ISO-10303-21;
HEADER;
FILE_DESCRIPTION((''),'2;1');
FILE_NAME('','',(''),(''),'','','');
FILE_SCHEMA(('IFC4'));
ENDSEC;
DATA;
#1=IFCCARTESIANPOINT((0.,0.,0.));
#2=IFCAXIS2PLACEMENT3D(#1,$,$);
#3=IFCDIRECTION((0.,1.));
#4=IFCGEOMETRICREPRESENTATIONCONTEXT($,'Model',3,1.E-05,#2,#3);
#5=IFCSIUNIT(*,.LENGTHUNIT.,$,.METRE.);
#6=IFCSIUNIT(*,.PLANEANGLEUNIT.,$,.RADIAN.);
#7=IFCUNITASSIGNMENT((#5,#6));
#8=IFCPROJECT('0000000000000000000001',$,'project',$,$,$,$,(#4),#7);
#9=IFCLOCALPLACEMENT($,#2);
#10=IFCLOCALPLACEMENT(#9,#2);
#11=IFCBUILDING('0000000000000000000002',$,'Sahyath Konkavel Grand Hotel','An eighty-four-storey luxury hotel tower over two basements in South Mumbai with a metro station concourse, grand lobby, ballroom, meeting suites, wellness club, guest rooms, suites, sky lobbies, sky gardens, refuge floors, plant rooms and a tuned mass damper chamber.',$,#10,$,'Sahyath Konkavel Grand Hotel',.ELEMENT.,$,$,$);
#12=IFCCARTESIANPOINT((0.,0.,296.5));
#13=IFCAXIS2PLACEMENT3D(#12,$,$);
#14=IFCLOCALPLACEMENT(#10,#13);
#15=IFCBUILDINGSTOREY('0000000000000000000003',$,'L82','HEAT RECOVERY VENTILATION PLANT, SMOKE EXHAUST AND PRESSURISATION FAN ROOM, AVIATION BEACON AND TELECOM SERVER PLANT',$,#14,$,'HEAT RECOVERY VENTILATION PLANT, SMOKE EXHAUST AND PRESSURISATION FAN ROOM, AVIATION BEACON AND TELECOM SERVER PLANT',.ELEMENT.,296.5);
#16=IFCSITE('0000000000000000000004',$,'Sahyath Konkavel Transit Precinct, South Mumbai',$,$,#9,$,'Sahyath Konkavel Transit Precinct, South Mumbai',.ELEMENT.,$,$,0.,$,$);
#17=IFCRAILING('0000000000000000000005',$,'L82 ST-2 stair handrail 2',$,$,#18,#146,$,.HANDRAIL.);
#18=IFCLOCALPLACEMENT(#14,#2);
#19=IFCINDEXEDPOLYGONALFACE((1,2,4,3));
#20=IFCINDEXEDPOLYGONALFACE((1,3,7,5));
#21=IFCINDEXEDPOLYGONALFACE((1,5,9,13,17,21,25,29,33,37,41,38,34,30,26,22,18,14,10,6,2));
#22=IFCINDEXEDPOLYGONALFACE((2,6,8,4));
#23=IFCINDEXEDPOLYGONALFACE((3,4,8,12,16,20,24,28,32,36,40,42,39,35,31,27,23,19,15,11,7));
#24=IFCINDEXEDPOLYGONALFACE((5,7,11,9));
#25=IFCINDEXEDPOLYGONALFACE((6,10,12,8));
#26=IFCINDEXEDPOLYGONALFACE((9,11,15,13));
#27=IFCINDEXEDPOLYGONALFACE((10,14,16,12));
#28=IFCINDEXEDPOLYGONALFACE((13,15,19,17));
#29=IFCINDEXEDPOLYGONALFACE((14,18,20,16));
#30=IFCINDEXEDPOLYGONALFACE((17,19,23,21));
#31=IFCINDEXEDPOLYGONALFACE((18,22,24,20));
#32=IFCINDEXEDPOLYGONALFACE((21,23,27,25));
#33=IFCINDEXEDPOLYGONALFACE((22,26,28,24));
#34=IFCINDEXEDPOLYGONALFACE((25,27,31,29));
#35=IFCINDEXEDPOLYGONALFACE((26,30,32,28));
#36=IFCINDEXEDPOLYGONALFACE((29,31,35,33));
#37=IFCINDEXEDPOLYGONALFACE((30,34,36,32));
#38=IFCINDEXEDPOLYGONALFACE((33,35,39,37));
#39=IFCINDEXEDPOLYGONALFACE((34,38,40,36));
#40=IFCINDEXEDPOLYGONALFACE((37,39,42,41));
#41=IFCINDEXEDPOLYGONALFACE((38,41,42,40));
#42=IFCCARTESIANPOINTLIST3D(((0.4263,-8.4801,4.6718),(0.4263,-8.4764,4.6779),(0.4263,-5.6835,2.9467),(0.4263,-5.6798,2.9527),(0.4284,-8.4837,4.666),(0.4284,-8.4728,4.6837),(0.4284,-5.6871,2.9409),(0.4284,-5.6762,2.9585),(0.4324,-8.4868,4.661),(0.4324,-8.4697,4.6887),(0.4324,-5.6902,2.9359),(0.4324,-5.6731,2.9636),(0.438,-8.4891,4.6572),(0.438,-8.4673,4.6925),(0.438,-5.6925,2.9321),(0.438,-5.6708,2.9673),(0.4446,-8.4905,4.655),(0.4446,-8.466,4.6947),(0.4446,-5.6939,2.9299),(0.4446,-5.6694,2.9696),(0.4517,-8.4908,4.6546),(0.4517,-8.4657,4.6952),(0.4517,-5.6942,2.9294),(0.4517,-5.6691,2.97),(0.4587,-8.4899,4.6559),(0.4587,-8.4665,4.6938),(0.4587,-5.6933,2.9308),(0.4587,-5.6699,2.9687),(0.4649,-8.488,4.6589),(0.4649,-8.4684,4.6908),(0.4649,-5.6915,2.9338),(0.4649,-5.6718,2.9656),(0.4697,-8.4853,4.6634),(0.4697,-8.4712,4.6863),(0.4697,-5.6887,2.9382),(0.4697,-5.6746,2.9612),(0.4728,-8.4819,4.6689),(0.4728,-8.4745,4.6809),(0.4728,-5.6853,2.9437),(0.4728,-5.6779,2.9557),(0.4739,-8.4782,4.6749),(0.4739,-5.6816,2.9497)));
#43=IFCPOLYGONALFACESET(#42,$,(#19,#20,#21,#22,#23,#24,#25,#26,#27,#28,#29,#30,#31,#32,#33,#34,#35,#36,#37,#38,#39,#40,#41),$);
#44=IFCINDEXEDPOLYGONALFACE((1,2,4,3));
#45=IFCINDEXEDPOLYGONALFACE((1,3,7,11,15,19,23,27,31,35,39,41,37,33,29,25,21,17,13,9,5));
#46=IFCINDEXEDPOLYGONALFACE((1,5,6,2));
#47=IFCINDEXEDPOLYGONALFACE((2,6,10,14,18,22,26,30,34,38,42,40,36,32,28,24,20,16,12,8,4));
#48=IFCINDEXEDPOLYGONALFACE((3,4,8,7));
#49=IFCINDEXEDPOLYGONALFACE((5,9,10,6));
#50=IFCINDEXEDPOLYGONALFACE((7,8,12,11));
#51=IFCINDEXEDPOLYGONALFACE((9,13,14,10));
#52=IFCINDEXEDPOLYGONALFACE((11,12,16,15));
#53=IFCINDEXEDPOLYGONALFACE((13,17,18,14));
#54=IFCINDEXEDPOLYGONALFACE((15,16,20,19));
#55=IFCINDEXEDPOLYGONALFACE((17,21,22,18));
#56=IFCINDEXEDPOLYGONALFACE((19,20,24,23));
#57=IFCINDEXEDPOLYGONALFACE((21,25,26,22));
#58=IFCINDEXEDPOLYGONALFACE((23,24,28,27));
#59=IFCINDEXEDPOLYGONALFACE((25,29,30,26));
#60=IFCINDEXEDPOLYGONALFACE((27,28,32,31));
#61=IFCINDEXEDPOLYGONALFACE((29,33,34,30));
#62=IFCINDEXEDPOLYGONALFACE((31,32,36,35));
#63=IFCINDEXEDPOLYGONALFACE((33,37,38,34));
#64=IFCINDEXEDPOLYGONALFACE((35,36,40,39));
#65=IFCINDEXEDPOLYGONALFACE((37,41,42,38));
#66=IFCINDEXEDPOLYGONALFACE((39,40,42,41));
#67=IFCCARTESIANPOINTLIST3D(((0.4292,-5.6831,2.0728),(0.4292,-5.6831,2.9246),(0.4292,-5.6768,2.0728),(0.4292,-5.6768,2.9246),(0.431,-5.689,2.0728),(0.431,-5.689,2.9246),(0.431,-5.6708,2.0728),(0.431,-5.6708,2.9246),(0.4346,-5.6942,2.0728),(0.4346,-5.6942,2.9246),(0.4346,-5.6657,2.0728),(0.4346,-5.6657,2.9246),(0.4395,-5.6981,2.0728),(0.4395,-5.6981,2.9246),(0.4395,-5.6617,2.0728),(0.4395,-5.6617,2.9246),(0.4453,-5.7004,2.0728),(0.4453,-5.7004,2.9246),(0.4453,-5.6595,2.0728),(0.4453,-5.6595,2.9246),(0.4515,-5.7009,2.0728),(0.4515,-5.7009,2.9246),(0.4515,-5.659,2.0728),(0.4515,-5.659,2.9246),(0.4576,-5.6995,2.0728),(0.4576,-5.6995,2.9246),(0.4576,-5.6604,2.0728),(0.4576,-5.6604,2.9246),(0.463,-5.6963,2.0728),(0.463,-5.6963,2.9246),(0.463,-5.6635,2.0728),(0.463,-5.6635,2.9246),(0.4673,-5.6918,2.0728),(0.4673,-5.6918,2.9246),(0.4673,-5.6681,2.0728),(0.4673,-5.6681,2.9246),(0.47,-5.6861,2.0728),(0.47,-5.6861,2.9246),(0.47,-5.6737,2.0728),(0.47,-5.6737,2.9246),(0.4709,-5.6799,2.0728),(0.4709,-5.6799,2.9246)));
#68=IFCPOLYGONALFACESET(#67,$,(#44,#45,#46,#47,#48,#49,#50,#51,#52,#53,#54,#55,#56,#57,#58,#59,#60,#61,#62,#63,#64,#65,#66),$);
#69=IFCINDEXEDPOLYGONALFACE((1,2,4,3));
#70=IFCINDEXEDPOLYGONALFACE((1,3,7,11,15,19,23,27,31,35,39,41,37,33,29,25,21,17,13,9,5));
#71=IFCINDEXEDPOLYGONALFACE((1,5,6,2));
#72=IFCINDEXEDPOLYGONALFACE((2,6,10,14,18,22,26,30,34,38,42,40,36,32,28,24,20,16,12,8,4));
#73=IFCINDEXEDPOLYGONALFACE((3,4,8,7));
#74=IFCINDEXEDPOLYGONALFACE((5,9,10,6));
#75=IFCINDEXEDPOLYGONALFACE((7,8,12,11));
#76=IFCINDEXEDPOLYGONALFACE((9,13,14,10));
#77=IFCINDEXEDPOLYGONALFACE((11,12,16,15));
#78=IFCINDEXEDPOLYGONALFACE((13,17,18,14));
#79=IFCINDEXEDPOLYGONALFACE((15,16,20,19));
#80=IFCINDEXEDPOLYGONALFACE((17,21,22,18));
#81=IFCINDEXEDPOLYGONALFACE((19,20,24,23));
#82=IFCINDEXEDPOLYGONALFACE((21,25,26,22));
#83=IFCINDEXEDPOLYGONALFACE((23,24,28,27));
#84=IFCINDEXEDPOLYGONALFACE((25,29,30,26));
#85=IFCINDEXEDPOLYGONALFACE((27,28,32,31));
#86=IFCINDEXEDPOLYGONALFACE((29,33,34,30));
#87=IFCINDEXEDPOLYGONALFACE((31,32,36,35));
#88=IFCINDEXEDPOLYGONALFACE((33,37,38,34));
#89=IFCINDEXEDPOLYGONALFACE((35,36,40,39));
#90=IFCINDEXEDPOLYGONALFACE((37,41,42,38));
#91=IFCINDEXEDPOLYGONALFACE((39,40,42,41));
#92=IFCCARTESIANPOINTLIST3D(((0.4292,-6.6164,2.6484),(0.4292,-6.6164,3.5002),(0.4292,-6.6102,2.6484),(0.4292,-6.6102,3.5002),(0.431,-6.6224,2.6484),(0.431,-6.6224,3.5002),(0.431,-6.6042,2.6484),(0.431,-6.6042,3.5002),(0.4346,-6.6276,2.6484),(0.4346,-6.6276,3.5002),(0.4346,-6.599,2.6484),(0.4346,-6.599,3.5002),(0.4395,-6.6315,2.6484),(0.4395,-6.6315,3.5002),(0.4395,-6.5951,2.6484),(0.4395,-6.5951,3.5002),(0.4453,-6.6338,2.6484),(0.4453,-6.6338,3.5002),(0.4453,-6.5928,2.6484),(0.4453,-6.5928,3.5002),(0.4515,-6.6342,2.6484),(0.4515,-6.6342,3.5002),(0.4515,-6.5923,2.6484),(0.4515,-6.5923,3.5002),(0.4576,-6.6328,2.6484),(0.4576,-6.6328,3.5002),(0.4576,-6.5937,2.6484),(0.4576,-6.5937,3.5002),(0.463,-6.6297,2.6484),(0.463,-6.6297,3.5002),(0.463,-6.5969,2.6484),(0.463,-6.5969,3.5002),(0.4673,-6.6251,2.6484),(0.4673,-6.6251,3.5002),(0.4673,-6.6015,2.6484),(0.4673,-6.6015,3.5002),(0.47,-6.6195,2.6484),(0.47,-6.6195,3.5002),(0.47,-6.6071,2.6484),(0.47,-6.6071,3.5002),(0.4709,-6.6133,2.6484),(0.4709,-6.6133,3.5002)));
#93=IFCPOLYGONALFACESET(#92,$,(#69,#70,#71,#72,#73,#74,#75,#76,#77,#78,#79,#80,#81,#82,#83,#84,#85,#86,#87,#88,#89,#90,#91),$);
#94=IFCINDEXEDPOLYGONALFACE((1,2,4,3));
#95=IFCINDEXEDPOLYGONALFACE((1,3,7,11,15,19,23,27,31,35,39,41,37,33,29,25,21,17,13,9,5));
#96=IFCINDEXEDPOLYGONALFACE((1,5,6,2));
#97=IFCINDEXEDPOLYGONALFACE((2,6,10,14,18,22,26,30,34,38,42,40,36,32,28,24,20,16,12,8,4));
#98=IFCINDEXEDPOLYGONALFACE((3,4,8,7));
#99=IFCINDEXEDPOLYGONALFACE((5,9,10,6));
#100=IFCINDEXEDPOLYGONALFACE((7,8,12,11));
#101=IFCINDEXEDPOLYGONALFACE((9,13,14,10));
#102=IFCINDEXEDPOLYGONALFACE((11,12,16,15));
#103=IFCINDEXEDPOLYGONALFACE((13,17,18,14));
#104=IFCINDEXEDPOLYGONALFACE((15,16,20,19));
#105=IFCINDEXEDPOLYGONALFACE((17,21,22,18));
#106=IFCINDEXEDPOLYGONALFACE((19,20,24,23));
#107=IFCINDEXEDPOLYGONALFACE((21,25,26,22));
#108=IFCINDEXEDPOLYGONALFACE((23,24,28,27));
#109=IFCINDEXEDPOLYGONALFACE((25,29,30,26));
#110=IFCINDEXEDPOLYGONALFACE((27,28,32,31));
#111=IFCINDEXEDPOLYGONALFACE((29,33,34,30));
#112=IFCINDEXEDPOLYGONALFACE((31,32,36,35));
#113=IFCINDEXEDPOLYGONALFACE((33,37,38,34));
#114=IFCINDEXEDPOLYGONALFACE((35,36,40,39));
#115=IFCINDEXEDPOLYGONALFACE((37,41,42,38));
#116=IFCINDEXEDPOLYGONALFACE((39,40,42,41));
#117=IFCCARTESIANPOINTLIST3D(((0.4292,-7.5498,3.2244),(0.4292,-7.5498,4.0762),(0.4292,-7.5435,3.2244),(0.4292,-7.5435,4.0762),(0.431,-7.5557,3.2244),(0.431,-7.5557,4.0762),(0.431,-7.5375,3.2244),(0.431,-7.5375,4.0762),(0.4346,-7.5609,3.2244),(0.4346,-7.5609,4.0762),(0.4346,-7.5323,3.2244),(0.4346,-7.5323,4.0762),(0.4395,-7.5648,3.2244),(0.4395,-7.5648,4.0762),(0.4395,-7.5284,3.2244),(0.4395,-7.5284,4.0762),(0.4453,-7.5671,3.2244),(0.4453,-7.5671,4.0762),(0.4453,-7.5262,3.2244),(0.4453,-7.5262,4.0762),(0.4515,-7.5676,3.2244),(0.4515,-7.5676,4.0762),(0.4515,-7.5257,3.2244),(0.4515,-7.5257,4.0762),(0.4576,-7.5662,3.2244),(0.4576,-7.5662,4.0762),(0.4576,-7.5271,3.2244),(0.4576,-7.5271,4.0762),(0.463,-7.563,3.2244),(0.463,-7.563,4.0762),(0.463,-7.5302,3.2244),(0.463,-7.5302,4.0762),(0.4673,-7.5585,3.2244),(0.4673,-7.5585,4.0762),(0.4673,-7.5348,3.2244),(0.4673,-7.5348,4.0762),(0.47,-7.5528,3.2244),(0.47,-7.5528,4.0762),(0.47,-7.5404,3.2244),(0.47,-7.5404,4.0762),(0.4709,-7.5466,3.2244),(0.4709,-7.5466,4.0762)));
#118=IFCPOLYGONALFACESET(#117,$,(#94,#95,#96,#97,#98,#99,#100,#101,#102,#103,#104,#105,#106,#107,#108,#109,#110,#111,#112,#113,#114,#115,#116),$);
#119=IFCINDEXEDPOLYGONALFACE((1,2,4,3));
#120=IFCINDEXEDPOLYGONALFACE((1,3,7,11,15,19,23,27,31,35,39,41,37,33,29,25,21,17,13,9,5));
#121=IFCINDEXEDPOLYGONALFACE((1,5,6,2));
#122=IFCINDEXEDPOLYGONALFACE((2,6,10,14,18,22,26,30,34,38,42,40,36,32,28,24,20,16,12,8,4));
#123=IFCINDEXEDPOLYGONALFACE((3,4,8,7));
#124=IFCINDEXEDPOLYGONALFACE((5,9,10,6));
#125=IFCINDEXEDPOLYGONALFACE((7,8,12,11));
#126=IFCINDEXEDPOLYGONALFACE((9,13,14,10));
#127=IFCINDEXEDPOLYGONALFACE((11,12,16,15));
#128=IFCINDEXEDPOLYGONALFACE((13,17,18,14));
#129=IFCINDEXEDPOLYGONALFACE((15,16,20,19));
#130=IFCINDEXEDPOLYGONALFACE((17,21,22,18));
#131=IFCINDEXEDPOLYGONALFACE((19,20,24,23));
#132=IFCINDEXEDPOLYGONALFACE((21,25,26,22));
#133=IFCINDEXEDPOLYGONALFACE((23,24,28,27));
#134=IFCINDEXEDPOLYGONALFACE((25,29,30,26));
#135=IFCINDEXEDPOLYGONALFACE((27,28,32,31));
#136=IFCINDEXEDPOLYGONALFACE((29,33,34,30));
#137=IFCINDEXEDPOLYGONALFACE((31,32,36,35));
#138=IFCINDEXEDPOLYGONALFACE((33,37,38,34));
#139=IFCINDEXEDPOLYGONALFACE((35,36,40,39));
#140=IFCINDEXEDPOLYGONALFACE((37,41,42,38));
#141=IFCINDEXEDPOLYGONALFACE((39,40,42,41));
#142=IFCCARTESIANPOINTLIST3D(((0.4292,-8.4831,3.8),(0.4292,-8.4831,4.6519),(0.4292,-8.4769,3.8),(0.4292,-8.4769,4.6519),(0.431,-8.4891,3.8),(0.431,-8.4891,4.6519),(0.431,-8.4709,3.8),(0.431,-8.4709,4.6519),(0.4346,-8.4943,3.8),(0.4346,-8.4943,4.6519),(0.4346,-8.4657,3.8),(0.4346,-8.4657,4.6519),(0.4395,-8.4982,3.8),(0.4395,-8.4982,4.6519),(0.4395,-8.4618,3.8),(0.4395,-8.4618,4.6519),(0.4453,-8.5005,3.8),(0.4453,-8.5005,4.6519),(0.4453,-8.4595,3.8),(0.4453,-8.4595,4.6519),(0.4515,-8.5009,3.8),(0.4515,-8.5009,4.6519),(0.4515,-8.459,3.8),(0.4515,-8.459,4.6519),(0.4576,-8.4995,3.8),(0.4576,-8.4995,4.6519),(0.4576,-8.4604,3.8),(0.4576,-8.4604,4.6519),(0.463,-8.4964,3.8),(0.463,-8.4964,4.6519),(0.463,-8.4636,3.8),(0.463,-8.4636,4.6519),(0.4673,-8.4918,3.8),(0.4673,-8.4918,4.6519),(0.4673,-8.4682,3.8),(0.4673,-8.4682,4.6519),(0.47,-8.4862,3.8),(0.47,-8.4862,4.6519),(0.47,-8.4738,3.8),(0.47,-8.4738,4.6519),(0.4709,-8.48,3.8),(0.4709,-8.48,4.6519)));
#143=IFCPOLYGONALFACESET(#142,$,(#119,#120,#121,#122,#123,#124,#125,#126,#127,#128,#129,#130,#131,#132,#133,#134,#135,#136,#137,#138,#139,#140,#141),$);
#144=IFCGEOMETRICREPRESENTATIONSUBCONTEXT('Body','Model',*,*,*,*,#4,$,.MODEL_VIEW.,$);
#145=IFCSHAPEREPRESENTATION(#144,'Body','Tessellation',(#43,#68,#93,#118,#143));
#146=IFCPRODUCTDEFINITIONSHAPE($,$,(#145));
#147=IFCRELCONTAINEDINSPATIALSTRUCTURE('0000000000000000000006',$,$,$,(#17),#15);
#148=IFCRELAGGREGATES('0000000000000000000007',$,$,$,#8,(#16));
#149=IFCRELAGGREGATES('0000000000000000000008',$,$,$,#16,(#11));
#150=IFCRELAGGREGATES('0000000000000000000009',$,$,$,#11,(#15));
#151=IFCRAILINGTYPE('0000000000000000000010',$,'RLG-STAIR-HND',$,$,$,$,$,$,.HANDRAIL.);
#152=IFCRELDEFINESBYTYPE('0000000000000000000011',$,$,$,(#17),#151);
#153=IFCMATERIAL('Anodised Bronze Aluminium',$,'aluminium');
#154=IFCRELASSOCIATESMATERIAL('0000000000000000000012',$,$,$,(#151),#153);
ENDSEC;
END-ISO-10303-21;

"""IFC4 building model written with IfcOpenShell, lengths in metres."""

from ifc_helpers import new_model, si_unit, direction, frame, origin, origin_2d, place, context, subcontext, project, spatial, circle, extrude, material, type_object, element, save


model = new_model("IFC4")

# Units and contexts
model_context = context("Model", 3, precision=1e-05, world=origin(), true_north=direction((0.0, 1.0)))
body_context = subcontext(model_context, "Body", "Model", "MODEL_VIEW")
ifc_project = project(units=[si_unit("LENGTHUNIT", "METRE"), si_unit("PLANEANGLEUNIT", "RADIAN")], contexts=[model_context])

# Site, building, storey
site_placement = place(None, origin())
site = spatial("IfcSite", under=ifc_project, at=site_placement, Name="Sahyath Konkavel Transit Precinct, South Mumbai", LongName="Sahyath Konkavel Transit Precinct, South Mumbai", CompositionType="ELEMENT", RefElevation=0.0)
building_placement = place(site_placement, origin())
building = spatial("IfcBuilding", under=site, at=building_placement, Name="Sahyath Konkavel Grand Hotel", Description="An eighty-four-storey luxury hotel tower over two basements in South Mumbai with a metro station concourse, grand lobby, ballroom, meeting suites, wellness club, guest rooms, suites, sky lobbies, sky gardens, refuge floors, plant rooms and a tuned mass damper chamber.", LongName="Sahyath Konkavel Grand Hotel", CompositionType="ELEMENT")
storey_placement = place(building_placement, frame((0.0, 0.0, 296.5)))
storey = spatial("IfcBuildingStorey", under=building, at=storey_placement, Name="L82", Description="HEAT RECOVERY VENTILATION PLANT, SMOKE EXHAUST AND PRESSURISATION FAN ROOM, AVIATION BEACON AND TELECOM SERVER PLANT", LongName="HEAT RECOVERY VENTILATION PLANT, SMOKE EXHAUST AND PRESSURISATION FAN ROOM, AVIATION BEACON AND TELECOM SERVER PLANT", CompositionType="ELEMENT", Elevation=296.5)

# Railing
ifc_material_1 = material(Name="Anodised Bronze Aluminium", Category="aluminium")
railing_type_1 = type_object("IfcRailingType", Name="RLG-STAIR-HND", PredefinedType="HANDRAIL", material=ifc_material_1)
railing_1_placement = place(storey_placement, frame((0.45, -5.6799, 2.0728)))
element("IfcRailing", 1, at=railing_1_placement, inside=storey, type_object=railing_type_1, Name="L82 ST-2 stair handrail 2", PredefinedType="HANDRAIL", context=body_context, shape_type="SweptSolid", body=[
    extrude(circle(Radius=0.0239, at=origin_2d()), frame((0.0, -0.0017, 0.877), z_axis=(0.0, -0.85109, 0.52502), x_axis=(1.0, 0.0, 0.0)), (0.0, 0.0, 1.0), 3.2859),
    extrude(circle(Radius=0.021, at=origin_2d()), origin(), (0.0, 0.0, 1.0), 0.8518),
    extrude(circle(Radius=0.021, at=origin_2d()), frame((0.0, -0.9333, 0.5757)), (0.0, 0.0, 1.0), 0.8518),
    extrude(circle(Radius=0.021, at=origin_2d()), frame((0.0, -1.8667, 1.1516)), (0.0, 0.0, 1.0), 0.8518),
    extrude(circle(Radius=0.021, at=origin_2d()), frame((0.0, -2.8, 1.7273)), (0.0, 0.0, 1.0), 0.8518),
])

save(model, "model.ifc")
